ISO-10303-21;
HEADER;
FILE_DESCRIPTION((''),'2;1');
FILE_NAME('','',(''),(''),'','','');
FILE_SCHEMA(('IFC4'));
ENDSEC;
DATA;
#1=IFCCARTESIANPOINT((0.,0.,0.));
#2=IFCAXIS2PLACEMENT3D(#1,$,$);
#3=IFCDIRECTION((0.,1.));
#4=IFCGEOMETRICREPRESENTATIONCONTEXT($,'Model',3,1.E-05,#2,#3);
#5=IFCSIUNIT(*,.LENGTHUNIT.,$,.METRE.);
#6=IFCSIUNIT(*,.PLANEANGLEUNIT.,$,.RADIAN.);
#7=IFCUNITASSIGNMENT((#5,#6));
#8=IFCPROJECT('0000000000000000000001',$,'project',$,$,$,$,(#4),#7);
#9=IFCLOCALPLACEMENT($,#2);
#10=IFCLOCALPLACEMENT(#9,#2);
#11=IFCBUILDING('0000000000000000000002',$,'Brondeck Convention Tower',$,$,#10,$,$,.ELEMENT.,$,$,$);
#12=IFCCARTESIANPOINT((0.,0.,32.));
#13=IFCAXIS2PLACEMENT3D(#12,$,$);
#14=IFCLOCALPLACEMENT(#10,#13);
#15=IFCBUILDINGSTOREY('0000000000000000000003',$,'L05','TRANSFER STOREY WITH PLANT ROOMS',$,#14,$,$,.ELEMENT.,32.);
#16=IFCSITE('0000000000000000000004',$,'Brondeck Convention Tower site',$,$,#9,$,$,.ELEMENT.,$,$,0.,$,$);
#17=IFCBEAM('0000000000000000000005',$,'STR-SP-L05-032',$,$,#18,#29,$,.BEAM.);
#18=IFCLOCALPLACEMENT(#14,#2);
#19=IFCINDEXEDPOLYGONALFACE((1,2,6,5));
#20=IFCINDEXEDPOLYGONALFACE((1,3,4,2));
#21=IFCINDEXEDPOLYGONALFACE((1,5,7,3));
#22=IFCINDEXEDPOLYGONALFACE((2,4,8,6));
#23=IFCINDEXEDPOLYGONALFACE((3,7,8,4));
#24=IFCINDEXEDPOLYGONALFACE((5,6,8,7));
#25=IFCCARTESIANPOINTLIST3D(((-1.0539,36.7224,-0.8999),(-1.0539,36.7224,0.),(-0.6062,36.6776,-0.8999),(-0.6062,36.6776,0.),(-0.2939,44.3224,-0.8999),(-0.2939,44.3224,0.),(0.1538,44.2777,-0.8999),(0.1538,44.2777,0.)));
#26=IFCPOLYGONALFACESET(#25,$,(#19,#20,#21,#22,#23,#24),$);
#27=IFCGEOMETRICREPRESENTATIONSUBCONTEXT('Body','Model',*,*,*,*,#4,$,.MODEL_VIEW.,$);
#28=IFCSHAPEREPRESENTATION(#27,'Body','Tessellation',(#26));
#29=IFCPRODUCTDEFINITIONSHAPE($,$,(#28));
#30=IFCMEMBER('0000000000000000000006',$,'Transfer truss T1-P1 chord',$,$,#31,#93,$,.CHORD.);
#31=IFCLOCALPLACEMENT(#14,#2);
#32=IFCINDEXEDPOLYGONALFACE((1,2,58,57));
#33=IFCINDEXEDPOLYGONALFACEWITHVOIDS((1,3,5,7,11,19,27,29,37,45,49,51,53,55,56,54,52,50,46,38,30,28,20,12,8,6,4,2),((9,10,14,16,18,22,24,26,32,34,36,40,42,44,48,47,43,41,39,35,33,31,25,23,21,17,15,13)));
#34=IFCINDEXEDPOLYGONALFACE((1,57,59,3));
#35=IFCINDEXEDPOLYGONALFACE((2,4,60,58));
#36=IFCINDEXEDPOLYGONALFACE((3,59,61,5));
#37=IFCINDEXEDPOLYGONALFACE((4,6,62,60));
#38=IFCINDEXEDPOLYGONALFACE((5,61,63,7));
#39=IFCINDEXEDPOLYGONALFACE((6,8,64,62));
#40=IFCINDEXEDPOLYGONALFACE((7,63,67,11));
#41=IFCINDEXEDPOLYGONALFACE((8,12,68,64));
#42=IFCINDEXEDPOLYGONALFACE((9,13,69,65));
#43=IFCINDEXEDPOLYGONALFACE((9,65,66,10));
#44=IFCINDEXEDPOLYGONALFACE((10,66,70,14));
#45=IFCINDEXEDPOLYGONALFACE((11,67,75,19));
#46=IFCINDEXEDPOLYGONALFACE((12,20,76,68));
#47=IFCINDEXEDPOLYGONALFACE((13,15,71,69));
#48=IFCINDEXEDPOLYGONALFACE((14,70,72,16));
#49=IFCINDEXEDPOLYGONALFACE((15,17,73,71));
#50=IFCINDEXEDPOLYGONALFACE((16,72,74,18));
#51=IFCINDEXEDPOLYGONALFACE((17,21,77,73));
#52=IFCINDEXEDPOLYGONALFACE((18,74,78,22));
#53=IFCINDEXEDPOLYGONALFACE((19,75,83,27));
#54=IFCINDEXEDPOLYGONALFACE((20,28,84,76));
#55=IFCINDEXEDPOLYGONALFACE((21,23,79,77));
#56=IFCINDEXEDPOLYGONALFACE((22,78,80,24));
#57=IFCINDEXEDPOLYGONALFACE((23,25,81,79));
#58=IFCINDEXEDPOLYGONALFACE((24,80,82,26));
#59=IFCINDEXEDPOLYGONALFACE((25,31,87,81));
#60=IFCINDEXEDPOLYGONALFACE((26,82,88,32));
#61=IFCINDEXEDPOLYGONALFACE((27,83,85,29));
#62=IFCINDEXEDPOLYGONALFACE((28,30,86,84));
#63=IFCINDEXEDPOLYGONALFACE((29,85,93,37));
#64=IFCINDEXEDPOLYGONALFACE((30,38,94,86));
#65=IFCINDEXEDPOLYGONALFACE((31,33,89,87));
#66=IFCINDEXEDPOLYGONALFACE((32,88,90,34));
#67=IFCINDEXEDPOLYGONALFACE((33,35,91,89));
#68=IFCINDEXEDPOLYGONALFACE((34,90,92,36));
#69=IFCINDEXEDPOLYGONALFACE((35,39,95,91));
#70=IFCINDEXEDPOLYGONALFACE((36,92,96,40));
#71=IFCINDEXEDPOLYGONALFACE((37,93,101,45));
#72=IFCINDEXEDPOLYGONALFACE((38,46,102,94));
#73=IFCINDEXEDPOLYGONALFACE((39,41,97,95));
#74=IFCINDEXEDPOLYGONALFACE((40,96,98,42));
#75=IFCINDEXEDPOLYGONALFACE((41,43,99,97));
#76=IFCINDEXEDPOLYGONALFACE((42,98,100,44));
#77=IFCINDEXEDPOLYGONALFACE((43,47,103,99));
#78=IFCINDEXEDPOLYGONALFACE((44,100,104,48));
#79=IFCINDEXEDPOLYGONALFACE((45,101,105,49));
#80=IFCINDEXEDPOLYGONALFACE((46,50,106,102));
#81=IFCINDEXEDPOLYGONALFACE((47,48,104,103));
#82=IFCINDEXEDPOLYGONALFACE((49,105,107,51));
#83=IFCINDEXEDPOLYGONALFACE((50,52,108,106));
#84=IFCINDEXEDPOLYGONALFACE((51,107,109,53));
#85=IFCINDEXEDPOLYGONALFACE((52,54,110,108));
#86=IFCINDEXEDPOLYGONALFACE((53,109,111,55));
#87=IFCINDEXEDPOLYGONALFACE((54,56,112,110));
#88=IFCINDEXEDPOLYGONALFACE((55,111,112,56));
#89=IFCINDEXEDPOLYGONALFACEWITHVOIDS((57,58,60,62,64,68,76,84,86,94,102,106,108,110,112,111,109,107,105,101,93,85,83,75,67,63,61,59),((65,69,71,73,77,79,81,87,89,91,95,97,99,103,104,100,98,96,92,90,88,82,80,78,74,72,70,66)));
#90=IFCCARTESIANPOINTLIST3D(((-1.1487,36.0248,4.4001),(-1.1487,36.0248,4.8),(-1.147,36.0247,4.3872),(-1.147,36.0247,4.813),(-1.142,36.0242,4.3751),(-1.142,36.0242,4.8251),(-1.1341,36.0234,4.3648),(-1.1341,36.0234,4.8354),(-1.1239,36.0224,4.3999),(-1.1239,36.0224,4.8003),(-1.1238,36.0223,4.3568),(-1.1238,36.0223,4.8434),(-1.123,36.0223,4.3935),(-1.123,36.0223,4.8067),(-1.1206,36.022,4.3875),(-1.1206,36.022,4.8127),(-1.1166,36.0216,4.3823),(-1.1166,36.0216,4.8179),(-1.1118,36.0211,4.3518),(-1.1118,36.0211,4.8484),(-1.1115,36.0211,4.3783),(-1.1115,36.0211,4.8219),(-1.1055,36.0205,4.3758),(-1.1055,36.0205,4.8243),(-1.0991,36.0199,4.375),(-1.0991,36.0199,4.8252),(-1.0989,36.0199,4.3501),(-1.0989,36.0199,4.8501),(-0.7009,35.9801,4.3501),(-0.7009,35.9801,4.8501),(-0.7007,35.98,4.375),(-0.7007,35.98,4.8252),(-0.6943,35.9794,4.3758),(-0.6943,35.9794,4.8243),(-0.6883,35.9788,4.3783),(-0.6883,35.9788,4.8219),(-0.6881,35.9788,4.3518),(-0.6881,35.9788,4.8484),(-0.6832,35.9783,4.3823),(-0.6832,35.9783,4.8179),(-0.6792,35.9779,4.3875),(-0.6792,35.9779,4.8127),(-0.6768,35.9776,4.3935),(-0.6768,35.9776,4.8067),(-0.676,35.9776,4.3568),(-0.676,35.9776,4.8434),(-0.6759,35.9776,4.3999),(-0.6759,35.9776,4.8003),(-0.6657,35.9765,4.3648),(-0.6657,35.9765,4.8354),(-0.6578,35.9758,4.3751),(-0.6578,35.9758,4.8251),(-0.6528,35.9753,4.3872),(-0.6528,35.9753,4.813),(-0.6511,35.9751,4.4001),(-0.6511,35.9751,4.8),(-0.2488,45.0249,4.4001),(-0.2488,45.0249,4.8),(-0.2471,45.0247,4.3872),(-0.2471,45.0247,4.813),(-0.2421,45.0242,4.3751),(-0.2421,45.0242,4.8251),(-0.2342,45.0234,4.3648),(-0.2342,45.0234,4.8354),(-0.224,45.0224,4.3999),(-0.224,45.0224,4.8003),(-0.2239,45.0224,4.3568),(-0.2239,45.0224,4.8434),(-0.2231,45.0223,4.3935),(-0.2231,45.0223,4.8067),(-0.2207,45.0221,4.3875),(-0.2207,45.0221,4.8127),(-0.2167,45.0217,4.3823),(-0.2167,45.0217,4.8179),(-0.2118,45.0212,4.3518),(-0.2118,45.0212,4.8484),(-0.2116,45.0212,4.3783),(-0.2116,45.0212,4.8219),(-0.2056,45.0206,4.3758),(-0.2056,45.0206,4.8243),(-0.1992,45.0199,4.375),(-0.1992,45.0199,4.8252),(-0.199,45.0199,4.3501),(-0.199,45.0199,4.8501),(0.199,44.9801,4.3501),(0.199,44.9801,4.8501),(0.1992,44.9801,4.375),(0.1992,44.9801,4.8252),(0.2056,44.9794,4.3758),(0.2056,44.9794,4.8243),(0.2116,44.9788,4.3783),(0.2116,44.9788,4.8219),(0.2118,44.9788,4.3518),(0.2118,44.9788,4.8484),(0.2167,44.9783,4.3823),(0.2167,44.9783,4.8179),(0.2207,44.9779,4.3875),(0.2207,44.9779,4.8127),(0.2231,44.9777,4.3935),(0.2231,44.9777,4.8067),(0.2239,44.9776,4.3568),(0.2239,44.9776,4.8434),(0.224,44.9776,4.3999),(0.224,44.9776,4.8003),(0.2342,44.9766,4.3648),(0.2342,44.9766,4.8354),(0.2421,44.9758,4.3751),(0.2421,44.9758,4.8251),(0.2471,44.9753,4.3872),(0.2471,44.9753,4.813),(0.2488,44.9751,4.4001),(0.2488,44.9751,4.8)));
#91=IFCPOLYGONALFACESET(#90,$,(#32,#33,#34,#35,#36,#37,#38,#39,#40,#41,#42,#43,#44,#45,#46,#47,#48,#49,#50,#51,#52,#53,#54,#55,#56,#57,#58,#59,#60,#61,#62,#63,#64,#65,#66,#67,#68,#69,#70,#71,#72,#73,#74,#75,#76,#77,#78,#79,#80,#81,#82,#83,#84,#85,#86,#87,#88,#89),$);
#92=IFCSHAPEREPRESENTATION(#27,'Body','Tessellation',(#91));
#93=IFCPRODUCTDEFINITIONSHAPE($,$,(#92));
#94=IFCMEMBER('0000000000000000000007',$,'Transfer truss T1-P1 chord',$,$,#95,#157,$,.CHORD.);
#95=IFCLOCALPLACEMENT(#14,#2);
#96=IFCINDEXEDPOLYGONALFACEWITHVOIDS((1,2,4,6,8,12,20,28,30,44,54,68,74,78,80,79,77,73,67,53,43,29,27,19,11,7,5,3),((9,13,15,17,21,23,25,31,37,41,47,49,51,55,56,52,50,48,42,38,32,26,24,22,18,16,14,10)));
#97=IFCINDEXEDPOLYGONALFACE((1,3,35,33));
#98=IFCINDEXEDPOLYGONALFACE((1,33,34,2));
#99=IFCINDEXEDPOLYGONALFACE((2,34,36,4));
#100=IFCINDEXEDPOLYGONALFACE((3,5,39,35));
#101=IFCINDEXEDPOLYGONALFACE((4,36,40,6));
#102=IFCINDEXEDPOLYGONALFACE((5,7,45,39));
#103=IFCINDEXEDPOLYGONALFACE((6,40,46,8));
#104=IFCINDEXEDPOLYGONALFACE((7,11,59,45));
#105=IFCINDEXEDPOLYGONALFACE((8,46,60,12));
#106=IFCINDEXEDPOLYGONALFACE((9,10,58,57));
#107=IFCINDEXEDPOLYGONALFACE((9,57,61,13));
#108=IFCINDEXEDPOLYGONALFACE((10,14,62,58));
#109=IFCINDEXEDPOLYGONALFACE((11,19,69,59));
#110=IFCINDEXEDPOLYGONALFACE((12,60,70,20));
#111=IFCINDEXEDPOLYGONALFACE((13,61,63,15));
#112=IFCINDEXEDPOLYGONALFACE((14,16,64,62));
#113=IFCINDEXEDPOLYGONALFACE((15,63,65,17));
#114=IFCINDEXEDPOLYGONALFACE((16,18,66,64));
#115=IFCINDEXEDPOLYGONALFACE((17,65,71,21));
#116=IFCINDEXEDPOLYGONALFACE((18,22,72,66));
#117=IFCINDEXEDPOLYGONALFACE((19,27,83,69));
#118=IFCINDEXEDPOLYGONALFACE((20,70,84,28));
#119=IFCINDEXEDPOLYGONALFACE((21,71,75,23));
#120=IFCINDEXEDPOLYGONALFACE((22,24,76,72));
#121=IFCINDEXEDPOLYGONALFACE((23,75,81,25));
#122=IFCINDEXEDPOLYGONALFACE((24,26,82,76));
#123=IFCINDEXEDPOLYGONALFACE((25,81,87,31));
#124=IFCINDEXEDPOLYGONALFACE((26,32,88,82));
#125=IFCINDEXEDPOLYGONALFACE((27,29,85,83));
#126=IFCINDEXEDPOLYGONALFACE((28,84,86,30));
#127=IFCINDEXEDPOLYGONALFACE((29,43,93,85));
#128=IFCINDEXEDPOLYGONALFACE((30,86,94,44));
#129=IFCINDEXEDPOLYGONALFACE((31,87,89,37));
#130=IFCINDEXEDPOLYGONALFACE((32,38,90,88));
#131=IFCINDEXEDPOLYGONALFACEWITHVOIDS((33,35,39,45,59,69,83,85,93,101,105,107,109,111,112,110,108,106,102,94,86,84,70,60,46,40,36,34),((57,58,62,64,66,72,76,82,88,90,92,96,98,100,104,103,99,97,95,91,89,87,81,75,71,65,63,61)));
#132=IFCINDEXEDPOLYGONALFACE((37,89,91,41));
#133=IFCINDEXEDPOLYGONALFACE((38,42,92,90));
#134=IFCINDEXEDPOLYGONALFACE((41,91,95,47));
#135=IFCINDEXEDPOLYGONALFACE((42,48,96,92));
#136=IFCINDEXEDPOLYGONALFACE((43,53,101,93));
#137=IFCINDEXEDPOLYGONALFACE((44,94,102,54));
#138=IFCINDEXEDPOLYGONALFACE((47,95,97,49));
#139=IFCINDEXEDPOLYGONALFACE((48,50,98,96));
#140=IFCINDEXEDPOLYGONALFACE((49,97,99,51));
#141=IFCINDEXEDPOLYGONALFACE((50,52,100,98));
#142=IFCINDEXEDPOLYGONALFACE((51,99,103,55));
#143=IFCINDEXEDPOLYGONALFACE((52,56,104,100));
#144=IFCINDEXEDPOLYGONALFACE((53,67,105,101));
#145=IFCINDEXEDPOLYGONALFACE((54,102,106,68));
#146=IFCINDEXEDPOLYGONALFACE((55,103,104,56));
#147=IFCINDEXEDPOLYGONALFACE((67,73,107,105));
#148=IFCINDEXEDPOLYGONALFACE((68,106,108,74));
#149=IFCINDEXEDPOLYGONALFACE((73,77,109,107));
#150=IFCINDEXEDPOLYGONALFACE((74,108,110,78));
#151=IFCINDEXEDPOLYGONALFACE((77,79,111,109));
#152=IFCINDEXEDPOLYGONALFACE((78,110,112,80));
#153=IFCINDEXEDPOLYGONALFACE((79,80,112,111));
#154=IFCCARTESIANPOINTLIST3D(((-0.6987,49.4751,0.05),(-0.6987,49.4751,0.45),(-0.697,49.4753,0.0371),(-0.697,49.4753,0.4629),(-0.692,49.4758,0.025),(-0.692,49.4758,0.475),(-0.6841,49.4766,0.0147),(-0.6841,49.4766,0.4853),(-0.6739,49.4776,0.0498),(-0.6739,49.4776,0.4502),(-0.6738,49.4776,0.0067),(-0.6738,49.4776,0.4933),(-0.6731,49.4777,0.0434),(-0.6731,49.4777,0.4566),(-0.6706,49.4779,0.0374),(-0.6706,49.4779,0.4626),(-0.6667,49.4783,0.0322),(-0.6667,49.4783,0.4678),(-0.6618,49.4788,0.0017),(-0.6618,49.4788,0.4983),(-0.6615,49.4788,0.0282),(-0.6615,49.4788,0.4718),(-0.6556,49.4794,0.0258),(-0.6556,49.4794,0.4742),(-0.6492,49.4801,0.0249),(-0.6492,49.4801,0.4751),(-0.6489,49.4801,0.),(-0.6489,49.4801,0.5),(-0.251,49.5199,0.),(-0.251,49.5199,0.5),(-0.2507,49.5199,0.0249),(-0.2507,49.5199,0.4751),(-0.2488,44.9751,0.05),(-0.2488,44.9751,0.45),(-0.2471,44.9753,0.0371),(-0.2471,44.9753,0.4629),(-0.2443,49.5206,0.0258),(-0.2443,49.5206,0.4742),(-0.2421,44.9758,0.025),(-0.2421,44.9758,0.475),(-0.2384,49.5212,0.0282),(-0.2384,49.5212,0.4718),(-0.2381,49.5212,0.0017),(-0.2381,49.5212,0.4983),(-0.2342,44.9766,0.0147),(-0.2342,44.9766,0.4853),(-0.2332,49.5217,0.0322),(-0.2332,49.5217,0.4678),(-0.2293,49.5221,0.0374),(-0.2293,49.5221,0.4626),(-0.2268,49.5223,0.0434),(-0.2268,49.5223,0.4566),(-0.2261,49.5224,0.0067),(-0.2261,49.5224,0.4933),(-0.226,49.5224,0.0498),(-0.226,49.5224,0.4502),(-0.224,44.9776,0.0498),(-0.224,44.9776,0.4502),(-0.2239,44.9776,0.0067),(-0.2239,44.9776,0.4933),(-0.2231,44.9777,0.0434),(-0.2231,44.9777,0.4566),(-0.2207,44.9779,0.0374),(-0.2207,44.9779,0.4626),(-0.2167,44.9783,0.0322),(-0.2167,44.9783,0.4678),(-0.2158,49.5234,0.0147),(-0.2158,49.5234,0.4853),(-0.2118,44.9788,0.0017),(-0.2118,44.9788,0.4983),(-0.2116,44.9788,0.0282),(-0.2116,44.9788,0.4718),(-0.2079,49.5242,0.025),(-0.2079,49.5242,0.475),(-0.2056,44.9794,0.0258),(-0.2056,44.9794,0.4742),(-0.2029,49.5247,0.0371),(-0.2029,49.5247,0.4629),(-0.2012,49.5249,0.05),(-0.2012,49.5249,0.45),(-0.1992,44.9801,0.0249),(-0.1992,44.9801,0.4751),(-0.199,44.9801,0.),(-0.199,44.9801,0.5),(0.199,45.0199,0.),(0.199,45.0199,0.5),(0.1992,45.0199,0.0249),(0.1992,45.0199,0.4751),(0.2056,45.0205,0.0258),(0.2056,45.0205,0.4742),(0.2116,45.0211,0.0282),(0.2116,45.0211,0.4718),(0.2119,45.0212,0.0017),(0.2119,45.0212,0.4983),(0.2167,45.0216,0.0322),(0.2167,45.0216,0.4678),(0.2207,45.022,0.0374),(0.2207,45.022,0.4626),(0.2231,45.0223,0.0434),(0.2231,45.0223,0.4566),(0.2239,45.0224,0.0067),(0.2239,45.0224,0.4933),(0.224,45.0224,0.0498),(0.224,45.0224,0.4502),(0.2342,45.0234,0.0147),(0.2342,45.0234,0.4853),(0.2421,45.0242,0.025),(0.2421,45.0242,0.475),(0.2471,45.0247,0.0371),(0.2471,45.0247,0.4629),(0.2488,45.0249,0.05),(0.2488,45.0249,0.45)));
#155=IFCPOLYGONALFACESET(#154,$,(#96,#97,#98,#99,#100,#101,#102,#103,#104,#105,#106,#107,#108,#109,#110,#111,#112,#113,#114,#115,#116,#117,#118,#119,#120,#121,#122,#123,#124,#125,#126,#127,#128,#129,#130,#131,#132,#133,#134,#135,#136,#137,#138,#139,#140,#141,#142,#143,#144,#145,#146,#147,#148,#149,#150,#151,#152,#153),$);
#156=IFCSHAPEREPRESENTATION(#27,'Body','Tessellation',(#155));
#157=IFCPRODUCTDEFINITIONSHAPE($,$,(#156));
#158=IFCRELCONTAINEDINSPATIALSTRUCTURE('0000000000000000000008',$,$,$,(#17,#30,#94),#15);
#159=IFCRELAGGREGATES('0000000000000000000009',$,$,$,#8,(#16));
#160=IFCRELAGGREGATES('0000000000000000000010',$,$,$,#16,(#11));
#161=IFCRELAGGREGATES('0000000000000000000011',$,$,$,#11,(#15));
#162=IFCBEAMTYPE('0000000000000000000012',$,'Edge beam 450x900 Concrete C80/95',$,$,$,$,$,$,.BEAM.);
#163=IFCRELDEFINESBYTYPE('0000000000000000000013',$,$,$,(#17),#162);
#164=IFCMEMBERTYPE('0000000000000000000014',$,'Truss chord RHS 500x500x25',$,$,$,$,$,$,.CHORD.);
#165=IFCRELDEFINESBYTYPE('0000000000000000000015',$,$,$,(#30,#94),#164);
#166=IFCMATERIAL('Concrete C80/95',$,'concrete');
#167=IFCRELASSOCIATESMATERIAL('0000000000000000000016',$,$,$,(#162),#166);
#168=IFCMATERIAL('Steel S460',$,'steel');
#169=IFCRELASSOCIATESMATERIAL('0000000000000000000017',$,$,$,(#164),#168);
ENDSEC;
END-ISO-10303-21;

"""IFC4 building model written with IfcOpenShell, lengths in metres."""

from ifc_helpers import new_model, si_unit, direction, frame, origin, origin_2d, place, context, subcontext, project, spatial, rectangle, hollow_rectangle, extrude, material, material_profile, profile_set, type_object, element, save


model = new_model("IFC4")

# Units and contexts
model_context = context("Model", 3, precision=1e-05, world=origin(), true_north=direction((0.0, 1.0)))
body_context = subcontext(model_context, "Body", "Model", "MODEL_VIEW")
ifc_project = project(units=[si_unit("LENGTHUNIT", "METRE"), si_unit("PLANEANGLEUNIT", "RADIAN")], contexts=[model_context])

# Site, building, storey
site_placement = place(None, origin())
site = spatial("IfcSite", under=ifc_project, at=site_placement, Name="Brondeck Convention Tower site", CompositionType="ELEMENT", RefElevation=0.0)
building_placement = place(site_placement, origin())
building = spatial("IfcBuilding", under=site, at=building_placement, Name="Brondeck Convention Tower", CompositionType="ELEMENT")
storey_placement = place(building_placement, frame((0.0, 0.0, 32.0)))
storey = spatial("IfcBuildingStorey", under=building, at=storey_placement, Name="L05", Description="TRANSFER STOREY WITH PLANT ROOMS", CompositionType="ELEMENT", Elevation=32.0)

# Shared definitions
ifc_material_1 = material(Name="Steel S460", Category="steel")

# Beam
ifc_material_2 = material(Name="Concrete C80/95", Category="concrete")
ifc_material_profile_1 = material_profile(ifc_material_2, rectangle(XDim=0.45, YDim=0.8999, at=origin_2d()), Name="Edge beam 450x900 Concrete C80/95")
ifc_profile_set_1 = profile_set([ifc_material_profile_1], Name="Concrete C80/95")
beam_type = type_object("IfcBeamType", Name="Edge beam 450x900 Concrete C80/95", PredefinedType="BEAM", material=ifc_profile_set_1)
beam_placement = place(storey_placement, frame((-0.0701, 44.3, -0.45), z_axis=(-0.099504, -0.995037, 0.0), x_axis=(0.995037, -0.099504, 0.0)))
element("IfcBeam", 1, at=beam_placement, inside=storey, type_object=beam_type, Name="STR-SP-L05-032", PredefinedType="BEAM", context=body_context, shape_type="SweptSolid", body=[
    extrude(rectangle(XDim=0.45, YDim=0.8999, at=origin_2d()), origin(), (0.0, 0.0, 1.0), 7.6379),
])

# Members
ifc_material_profile_2 = material_profile(ifc_material_1, hollow_rectangle(XDim=0.5, YDim=0.5, WallThickness=0.0249, InnerFilletRadius=0.0249, OuterFilletRadius=0.05, at=origin_2d()), Name="RHS 500x500x25")
ifc_profile_set_2 = profile_set([ifc_material_profile_2], Name="Steel S460")
member_type_1 = type_object("IfcMemberType", Name="Truss chord RHS 500x500x25", PredefinedType="CHORD", material=ifc_profile_set_2)
member_placement = place(storey_placement, frame((0.0, 45.0, 4.6001), z_axis=(-0.099493, -0.995038, 0.0), x_axis=(0.995038, -0.099493, 0.0)))
element("IfcMember", 2, at=member_placement, inside=storey, type_object=member_type_1, Name="Transfer truss T1-P1 chord", PredefinedType="CHORD", context=body_context, shape_type="SweptSolid", body=[
    extrude(hollow_rectangle(XDim=0.5, YDim=0.5, WallThickness=0.0249, InnerFilletRadius=0.0249, OuterFilletRadius=0.05, at=origin_2d()), origin(), (0.0, 0.0, 1.0), 9.0449),
])
for number, where, z_axis, x_axis, name in (
    (3, (-0.45, 49.5, 0.25), (0.099493, -0.995038, 0.0), (0.995038, 0.099493, 0.0), "Transfer truss T1-P1 chord"),
):
    element("IfcMember", number, at=place(storey_placement, frame(where, z_axis=z_axis, x_axis=x_axis)), inside=storey, type_object=member_type_1, Name=name, PredefinedType="CHORD", context=body_context, shape_type="SweptSolid", body=[
        extrude(hollow_rectangle(XDim=0.5, YDim=0.5, WallThickness=0.0249, InnerFilletRadius=0.0249, OuterFilletRadius=0.05, at=origin_2d()), origin(), (0.0, 0.0, 1.0), 4.5225),
    ])

save(model, "model.ifc")
